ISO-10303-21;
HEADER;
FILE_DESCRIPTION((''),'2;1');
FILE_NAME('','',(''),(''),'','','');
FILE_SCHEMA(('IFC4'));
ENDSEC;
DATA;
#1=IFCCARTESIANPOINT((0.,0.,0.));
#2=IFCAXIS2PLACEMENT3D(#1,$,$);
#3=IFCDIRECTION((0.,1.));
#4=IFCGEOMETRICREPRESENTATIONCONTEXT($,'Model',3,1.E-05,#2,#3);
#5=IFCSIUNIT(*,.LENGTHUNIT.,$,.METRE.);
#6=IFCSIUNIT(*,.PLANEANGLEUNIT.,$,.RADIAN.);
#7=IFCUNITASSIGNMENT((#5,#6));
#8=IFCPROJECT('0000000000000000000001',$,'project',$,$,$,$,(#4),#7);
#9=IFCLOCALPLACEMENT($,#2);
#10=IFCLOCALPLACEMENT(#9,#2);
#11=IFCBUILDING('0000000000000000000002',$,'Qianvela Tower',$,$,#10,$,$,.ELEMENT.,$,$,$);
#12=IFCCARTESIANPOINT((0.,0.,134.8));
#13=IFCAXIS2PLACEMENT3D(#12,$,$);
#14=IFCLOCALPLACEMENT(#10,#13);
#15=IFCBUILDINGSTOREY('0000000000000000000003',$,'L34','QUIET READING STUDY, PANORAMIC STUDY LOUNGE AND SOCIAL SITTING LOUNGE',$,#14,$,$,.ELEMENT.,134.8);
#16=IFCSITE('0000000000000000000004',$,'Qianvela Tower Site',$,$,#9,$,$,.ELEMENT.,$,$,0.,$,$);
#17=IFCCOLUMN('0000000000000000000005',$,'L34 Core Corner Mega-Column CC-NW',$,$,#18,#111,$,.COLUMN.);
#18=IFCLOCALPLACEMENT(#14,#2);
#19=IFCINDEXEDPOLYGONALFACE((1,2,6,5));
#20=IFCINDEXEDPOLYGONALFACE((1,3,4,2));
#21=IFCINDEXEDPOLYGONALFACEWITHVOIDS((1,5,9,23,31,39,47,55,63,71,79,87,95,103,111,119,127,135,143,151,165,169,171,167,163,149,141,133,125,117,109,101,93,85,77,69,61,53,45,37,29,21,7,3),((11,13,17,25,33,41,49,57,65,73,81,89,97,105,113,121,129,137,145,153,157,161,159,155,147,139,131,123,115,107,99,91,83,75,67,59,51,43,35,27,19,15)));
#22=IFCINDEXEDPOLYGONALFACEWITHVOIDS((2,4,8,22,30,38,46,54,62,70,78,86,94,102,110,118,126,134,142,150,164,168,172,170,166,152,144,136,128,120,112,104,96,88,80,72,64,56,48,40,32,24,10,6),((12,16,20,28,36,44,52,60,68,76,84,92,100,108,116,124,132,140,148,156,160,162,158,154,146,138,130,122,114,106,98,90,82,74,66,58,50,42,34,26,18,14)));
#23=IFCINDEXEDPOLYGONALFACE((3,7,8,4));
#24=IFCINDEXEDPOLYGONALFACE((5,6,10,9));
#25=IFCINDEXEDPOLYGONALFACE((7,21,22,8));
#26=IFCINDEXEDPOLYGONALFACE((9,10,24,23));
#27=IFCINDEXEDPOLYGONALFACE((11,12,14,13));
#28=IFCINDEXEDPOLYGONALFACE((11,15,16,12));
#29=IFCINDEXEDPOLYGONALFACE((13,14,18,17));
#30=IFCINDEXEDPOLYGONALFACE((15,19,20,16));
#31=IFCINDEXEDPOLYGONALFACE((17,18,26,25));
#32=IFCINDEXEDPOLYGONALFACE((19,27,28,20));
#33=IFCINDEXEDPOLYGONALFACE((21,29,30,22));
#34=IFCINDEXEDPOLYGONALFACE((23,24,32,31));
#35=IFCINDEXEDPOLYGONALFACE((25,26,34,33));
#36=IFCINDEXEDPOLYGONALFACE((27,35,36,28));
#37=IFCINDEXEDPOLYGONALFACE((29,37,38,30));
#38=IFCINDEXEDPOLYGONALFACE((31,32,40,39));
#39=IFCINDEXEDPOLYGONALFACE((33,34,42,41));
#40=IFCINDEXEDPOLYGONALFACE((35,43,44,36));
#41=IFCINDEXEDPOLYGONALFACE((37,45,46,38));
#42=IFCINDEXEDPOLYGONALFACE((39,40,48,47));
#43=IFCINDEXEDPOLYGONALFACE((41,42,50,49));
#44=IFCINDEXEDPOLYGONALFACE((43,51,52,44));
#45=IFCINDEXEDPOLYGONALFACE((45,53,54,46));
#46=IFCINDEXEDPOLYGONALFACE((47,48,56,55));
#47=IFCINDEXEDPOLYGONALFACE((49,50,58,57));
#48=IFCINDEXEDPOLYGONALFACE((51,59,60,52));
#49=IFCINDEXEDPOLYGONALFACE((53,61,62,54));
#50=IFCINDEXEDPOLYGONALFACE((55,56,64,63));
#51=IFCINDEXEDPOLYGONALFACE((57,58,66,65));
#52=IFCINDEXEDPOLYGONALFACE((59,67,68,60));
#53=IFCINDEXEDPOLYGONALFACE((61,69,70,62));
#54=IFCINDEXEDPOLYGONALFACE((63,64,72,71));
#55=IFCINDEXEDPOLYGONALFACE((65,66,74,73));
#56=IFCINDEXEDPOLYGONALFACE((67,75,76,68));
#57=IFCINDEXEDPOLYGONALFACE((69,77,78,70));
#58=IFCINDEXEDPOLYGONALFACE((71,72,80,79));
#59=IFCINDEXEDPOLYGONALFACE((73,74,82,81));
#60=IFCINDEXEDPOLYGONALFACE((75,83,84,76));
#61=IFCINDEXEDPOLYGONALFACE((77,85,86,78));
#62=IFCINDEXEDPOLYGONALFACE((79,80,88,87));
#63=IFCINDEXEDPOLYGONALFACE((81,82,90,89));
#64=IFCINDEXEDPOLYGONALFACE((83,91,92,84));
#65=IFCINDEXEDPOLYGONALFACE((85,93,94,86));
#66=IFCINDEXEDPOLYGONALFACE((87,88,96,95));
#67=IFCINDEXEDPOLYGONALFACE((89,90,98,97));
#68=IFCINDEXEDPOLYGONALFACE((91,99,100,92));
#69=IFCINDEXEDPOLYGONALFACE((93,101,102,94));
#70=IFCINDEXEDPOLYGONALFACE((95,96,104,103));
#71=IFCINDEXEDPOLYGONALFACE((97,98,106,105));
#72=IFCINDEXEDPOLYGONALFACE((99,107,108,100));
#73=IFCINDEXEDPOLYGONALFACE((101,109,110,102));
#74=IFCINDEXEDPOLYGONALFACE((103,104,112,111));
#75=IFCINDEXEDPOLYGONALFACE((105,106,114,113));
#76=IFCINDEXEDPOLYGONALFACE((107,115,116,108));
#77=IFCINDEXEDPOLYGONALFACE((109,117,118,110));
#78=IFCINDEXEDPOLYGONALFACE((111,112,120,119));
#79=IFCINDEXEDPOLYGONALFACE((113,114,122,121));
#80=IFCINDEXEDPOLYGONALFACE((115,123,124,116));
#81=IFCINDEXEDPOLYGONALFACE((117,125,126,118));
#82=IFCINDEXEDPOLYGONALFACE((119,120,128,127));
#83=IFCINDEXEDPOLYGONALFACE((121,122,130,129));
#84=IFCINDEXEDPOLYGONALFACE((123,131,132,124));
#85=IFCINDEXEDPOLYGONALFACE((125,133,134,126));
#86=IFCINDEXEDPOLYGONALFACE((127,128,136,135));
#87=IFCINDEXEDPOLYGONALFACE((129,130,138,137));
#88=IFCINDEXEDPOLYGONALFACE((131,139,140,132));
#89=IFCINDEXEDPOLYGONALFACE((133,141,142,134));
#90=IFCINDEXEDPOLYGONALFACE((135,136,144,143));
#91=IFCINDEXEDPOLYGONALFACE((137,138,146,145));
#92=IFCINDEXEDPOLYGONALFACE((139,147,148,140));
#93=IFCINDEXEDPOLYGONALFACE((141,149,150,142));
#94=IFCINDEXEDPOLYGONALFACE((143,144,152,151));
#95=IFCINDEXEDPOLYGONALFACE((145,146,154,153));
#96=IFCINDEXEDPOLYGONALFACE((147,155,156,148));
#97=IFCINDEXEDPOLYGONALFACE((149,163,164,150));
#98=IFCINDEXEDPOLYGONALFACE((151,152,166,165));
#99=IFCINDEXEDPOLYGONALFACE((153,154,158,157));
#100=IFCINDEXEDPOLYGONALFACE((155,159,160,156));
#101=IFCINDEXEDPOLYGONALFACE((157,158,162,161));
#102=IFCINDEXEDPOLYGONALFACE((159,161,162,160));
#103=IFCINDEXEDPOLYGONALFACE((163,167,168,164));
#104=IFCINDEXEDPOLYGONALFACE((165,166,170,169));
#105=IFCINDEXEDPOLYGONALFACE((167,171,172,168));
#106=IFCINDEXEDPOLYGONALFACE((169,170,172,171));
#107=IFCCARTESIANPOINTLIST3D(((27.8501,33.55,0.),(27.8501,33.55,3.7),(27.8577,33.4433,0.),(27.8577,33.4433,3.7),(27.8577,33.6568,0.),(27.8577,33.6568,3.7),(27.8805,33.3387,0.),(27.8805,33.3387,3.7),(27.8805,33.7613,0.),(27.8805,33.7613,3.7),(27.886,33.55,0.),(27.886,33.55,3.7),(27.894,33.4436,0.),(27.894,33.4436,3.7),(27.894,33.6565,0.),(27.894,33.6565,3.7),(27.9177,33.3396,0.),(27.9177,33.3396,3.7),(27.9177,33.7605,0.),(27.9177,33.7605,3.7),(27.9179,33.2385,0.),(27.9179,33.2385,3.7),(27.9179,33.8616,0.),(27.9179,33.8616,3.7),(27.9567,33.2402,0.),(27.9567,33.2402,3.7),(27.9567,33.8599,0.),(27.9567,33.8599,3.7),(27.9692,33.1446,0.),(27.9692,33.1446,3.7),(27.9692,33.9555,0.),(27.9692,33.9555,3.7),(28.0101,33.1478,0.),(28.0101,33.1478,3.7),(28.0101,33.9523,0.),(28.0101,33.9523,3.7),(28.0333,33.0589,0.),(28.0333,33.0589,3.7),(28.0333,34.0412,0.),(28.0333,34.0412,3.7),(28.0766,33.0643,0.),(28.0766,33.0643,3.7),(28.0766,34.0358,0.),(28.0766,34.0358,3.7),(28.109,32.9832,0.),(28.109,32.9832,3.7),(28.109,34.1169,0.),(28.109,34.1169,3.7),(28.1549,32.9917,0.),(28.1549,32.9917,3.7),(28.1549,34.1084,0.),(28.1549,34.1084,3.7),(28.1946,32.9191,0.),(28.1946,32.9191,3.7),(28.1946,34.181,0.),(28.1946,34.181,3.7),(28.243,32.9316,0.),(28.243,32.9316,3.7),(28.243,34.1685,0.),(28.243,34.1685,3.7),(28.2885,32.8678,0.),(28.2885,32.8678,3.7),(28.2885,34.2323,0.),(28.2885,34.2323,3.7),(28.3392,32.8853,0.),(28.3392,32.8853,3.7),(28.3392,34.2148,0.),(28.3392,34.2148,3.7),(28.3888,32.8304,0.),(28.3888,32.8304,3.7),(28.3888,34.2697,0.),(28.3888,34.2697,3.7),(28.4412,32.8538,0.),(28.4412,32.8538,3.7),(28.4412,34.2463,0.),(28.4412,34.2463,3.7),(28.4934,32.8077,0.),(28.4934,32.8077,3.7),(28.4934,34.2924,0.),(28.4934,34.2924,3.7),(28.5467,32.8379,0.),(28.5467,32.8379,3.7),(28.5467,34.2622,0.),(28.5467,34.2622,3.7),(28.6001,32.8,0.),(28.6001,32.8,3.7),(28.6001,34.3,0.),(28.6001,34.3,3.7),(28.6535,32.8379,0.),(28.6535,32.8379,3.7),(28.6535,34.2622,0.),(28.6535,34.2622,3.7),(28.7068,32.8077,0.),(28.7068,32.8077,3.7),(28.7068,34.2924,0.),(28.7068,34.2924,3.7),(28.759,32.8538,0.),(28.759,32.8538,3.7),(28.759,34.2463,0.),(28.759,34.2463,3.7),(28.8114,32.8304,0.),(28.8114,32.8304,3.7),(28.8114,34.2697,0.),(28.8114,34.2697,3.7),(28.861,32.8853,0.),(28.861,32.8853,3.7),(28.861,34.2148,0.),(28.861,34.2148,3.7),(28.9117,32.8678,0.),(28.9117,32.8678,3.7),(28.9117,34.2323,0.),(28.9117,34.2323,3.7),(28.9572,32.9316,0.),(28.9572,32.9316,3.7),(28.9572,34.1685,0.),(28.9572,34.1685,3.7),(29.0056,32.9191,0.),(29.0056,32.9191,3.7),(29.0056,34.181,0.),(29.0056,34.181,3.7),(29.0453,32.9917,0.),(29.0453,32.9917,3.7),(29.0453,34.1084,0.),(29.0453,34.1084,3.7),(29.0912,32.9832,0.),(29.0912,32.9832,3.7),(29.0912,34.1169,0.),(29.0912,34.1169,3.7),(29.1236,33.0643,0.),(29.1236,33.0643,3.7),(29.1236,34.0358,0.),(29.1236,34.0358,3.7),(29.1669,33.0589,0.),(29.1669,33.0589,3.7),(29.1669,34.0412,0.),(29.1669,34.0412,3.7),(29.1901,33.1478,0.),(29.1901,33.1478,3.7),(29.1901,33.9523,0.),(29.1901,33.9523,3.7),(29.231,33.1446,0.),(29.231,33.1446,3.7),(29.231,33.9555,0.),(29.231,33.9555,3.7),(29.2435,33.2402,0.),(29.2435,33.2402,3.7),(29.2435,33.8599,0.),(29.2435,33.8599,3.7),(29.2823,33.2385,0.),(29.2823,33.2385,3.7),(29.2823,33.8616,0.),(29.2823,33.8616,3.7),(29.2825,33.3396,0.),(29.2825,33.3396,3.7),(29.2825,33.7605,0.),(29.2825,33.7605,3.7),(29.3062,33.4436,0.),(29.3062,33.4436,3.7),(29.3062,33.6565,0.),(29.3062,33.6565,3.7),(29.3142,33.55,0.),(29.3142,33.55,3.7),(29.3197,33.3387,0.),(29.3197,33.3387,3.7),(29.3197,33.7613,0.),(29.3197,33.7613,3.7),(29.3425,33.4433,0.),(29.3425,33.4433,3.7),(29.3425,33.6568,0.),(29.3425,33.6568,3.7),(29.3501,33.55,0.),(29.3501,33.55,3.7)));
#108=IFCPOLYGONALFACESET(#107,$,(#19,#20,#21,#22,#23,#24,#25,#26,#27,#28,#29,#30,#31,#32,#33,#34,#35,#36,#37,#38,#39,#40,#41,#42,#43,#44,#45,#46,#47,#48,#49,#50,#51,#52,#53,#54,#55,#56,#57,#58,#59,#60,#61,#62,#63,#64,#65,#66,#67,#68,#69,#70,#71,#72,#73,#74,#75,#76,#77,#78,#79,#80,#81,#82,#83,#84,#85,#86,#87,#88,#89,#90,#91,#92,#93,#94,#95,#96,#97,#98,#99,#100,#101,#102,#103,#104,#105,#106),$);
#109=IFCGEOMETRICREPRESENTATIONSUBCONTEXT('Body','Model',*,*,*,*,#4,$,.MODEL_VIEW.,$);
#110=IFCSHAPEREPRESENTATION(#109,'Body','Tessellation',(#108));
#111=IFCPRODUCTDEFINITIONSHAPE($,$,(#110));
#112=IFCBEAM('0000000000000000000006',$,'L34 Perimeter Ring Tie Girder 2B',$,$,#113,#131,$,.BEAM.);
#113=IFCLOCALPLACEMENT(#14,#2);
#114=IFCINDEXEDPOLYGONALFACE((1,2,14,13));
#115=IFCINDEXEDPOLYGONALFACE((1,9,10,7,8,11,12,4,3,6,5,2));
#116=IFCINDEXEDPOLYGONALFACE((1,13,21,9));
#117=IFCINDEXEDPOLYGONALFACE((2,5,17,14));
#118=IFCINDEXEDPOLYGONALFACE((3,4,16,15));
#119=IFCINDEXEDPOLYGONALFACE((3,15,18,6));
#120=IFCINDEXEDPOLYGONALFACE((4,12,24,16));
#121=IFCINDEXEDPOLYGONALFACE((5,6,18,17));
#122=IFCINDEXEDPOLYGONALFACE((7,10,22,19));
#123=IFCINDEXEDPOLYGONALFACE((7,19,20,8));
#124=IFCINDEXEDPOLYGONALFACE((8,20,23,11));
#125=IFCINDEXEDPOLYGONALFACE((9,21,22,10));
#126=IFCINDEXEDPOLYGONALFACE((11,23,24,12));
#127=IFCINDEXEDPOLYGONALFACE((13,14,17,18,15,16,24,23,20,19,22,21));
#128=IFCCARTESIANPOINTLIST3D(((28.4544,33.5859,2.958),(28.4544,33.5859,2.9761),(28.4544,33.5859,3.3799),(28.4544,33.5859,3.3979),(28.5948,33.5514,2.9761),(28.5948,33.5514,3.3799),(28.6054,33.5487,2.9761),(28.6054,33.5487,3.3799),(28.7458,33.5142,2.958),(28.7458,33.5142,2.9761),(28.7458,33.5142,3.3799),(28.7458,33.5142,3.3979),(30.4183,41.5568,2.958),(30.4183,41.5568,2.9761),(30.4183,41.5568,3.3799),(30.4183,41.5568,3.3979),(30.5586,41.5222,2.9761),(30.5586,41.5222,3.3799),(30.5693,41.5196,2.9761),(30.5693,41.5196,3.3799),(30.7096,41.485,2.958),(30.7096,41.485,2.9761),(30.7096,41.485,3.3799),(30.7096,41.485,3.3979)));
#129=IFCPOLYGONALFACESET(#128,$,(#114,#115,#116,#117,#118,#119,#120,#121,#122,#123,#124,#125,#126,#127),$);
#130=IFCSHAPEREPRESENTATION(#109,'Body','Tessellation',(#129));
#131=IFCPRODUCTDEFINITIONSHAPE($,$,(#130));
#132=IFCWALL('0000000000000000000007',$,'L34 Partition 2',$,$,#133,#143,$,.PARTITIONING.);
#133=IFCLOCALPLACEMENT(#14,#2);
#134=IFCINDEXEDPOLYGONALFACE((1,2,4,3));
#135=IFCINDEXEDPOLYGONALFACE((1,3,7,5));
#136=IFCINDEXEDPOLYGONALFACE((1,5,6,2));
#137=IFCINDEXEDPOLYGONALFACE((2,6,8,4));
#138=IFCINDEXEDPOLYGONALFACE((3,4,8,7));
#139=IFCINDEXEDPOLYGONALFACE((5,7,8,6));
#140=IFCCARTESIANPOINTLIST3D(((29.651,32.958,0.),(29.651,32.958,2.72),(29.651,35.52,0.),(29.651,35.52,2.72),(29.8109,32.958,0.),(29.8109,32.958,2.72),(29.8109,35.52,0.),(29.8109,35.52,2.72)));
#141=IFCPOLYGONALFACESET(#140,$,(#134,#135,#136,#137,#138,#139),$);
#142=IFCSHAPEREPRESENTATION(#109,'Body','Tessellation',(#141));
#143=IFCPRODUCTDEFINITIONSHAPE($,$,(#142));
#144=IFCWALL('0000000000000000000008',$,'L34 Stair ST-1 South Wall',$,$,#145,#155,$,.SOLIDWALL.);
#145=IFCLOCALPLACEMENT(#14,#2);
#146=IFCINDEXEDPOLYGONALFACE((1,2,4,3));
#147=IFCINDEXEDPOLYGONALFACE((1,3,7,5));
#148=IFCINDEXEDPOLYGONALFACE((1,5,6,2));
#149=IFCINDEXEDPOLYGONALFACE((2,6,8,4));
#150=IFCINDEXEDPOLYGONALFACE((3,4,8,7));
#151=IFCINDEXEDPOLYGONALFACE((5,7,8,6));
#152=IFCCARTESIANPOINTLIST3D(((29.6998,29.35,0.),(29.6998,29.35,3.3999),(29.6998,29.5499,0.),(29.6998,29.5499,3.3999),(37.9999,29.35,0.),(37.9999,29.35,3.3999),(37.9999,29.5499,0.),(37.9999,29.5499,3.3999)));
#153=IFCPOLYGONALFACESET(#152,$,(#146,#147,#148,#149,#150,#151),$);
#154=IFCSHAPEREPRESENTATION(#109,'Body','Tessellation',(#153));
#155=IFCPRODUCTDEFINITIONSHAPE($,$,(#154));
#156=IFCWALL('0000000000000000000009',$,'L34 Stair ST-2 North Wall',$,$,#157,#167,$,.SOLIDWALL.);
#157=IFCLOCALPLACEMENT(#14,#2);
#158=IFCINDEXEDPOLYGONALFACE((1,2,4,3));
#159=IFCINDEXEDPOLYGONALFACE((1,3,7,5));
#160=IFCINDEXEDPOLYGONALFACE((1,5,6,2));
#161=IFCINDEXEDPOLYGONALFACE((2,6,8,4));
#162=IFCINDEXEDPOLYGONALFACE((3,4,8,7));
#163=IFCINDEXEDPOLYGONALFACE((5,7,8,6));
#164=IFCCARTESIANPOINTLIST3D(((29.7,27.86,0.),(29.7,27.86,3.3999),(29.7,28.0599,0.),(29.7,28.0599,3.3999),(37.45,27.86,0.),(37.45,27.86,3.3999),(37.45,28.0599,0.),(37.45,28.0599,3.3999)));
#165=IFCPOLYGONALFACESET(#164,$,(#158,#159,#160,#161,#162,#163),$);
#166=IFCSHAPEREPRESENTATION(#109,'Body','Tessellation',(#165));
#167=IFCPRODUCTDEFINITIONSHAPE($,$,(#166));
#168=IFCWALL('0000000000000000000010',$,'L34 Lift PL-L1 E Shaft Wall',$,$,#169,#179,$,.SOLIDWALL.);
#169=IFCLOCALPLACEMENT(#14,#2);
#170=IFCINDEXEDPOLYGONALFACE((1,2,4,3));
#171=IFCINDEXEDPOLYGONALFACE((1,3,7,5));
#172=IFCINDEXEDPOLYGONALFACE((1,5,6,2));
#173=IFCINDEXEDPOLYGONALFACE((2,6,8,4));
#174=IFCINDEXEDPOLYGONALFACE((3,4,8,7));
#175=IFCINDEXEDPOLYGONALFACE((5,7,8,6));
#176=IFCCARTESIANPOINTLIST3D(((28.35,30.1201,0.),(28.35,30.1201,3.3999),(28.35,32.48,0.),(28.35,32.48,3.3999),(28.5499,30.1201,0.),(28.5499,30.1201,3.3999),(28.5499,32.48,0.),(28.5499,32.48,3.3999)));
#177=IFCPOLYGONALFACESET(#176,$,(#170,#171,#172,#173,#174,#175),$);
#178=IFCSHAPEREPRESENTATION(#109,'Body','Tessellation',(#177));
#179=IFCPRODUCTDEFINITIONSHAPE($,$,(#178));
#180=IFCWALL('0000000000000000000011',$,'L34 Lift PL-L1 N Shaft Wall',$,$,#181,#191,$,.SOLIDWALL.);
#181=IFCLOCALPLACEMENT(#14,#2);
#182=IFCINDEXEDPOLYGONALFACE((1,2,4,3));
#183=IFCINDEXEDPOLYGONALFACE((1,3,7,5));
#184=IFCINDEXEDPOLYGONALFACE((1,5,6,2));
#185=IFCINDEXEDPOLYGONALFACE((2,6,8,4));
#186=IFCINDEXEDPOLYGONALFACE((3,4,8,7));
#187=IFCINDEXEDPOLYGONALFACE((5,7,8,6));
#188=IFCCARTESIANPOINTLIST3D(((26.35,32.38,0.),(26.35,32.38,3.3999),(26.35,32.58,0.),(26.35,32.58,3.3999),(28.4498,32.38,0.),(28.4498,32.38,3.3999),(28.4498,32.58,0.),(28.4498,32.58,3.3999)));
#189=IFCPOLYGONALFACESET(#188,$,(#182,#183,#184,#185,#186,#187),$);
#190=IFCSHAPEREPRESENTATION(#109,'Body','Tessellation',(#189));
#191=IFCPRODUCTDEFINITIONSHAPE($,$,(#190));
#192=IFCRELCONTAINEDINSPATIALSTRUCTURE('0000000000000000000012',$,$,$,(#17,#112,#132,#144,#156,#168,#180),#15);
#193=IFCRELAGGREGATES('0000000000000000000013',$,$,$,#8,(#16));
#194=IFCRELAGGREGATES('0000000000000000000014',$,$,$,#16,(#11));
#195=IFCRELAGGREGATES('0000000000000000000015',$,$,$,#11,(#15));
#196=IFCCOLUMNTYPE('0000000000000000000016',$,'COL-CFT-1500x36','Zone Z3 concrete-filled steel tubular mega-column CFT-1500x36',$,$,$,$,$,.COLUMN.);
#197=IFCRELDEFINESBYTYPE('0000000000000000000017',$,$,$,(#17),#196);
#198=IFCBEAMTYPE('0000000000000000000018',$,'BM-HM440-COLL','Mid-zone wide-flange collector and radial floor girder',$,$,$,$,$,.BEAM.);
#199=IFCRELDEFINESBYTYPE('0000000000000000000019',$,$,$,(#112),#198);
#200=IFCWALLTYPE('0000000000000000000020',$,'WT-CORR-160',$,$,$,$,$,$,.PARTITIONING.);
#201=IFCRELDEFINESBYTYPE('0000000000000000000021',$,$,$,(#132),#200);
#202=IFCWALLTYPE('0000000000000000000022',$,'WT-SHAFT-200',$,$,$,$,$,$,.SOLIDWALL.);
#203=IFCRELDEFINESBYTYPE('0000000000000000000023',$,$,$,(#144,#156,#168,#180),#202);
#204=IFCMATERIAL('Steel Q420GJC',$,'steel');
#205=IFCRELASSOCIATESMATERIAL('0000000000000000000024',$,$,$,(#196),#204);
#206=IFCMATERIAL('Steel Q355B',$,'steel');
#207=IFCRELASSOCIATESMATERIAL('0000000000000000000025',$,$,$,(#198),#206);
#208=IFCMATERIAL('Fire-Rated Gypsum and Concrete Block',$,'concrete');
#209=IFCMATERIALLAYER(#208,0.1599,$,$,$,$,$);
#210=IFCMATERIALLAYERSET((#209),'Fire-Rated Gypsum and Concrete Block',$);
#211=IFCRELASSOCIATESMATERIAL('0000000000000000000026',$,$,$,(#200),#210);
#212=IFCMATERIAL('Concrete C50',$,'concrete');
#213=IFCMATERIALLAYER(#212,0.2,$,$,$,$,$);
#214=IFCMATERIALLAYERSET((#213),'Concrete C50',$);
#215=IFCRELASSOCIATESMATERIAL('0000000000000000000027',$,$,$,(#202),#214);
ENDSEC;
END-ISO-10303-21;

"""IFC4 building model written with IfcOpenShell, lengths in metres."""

from ifc_helpers import new_model, si_unit, direction, frame, frame_2d, origin, origin_2d, place, context, subcontext, project, spatial, rectangle, hollow_circle, i_section, extrude, material, layer, layer_set, material_profile, profile_set, type_object, element, save


model = new_model("IFC4")

# Units and contexts
model_context = context("Model", 3, precision=1e-05, world=origin(), true_north=direction((0.0, 1.0)))
body_context = subcontext(model_context, "Body", "Model", "MODEL_VIEW")
ifc_project = project(units=[si_unit("LENGTHUNIT", "METRE"), si_unit("PLANEANGLEUNIT", "RADIAN")], contexts=[model_context])

# Site, building, storey
site_placement = place(None, origin())
site = spatial("IfcSite", under=ifc_project, at=site_placement, Name="Qianvela Tower Site", CompositionType="ELEMENT", RefElevation=0.0)
building_placement = place(site_placement, origin())
building = spatial("IfcBuilding", under=site, at=building_placement, Name="Qianvela Tower", CompositionType="ELEMENT")
storey_placement = place(building_placement, frame((0.0, 0.0, 134.8)))
storey = spatial("IfcBuildingStorey", under=building, at=storey_placement, Name="L34", Description="QUIET READING STUDY, PANORAMIC STUDY LOUNGE AND SOCIAL SITTING LOUNGE", CompositionType="ELEMENT", Elevation=134.8)

# Column
ifc_material_1 = material(Name="Steel Q420GJC", Category="steel")
ifc_material_profile_1 = material_profile(ifc_material_1, hollow_circle(Radius=0.75, WallThickness=0.0359, at=origin_2d()), Name="CFT-1500x36")
ifc_profile_set_1 = profile_set([ifc_material_profile_1], Name="Steel Q420GJC")
column_type = type_object("IfcColumnType", Name="COL-CFT-1500x36", Description="Zone Z3 concrete-filled steel tubular mega-column CFT-1500x36", PredefinedType="COLUMN", material=ifc_profile_set_1)
column_placement = place(storey_placement, frame((28.6001, 33.55, 0.0), z_axis=(0.0, 0.0, 1.0), x_axis=(1.0, 0.0, 0.0)))
element("IfcColumn", 1, at=column_placement, inside=storey, type_object=column_type, Name="L34 Core Corner Mega-Column CC-NW", PredefinedType="COLUMN", context=body_context, shape_type="SweptSolid", body=[
    extrude(hollow_circle(Radius=0.75, WallThickness=0.0359, at=origin_2d()), origin(), (0.0, 0.0, 1.0), 3.7),
])

# Beam
ifc_material_2 = material(Name="Steel Q355B", Category="steel")
ifc_material_profile_2 = material_profile(ifc_material_2, i_section(OverallWidth=0.3, OverallDepth=0.4399, WebThickness=0.011, FlangeThickness=0.0181, at=origin_2d()), Name="HM440x300x11x18")
ifc_profile_set_2 = profile_set([ifc_material_profile_2], Name="Steel Q355B")
beam_type = type_object("IfcBeamType", Name="BM-HM440-COLL", Description="Mid-zone wide-flange collector and radial floor girder", PredefinedType="BEAM", material=ifc_profile_set_2)
beam_placement = place(storey_placement, frame((28.6001, 33.55, 3.178), z_axis=(0.239224, 0.970964, 0.0), x_axis=(-0.970964, 0.239224, 0.0)))
element("IfcBeam", 2, at=beam_placement, inside=storey, type_object=beam_type, Name="L34 Perimeter Ring Tie Girder 2B", PredefinedType="BEAM", context=body_context, shape_type="SweptSolid", body=[
    extrude(i_section(OverallWidth=0.3, OverallDepth=0.4399, WebThickness=0.011, FlangeThickness=0.0181, at=origin_2d()), origin(), (0.0, 0.0, 1.0), 8.2092),
])

# Walls
ifc_material_3 = material(Name="Fire-Rated Gypsum and Concrete Block", Category="concrete")
ifc_layer_1 = layer(ifc_material_3, 0.1599)
ifc_layer_set_1 = layer_set([ifc_layer_1], Name="Fire-Rated Gypsum and Concrete Block")
wall_type_1 = type_object("IfcWallType", Name="WT-CORR-160", PredefinedType="PARTITIONING", material=ifc_layer_set_1)
wall_1_placement = place(storey_placement, frame((29.731, 32.958, 0.0), z_axis=(0.0, 0.0, 1.0), x_axis=(0.0, 1.0, 0.0)))
element("IfcWall", 3, at=wall_1_placement, inside=storey, type_object=wall_type_1, Name="L34 Partition 2", PredefinedType="PARTITIONING", context=body_context, shape_type="SweptSolid", body=[
    extrude(rectangle(XDim=2.562, YDim=0.1599, at=frame_2d((1.281, 0.0))), origin(), (0.0, 0.0, 1.0), 2.72),
])
ifc_material_4 = material(Name="Concrete C50", Category="concrete")
ifc_layer_2 = layer(ifc_material_4, 0.2)
ifc_layer_set_2 = layer_set([ifc_layer_2], Name="Concrete C50")
wall_type_2 = type_object("IfcWallType", Name="WT-SHAFT-200", PredefinedType="SOLIDWALL", material=ifc_layer_set_2)
wall_2_placement = place(storey_placement, frame((29.7, 29.45, 0.0), z_axis=(0.0, 0.0, 1.0), x_axis=(1.0, 0.0, 0.0)))
element("IfcWall", 4, at=wall_2_placement, inside=storey, type_object=wall_type_2, Name="L34 Stair ST-1 South Wall", PredefinedType="SOLIDWALL", context=body_context, shape_type="SweptSolid", body=[
    extrude(rectangle(XDim=8.3, YDim=0.2, at=frame_2d((4.1499, 0.0))), origin(), (0.0, 0.0, 1.0), 3.3999),
])
wall_3_placement = place(storey_placement, frame((29.7, 27.96, 0.0), z_axis=(0.0, 0.0, 1.0), x_axis=(1.0, 0.0, 0.0)))
element("IfcWall", 5, at=wall_3_placement, inside=storey, type_object=wall_type_2, Name="L34 Stair ST-2 North Wall", PredefinedType="SOLIDWALL", context=body_context, shape_type="SweptSolid", body=[
    extrude(rectangle(XDim=7.75, YDim=0.2, at=frame_2d((3.875, 0.0))), origin(), (0.0, 0.0, 1.0), 3.3999),
])
wall_4_placement = place(storey_placement, frame((28.45, 30.1201, 0.0), z_axis=(0.0, 0.0, 1.0), x_axis=(0.0, 1.0, 0.0)))
element("IfcWall", 6, at=wall_4_placement, inside=storey, type_object=wall_type_2, Name="L34 Lift PL-L1 E Shaft Wall", PredefinedType="SOLIDWALL", context=body_context, shape_type="SweptSolid", body=[
    extrude(rectangle(XDim=2.3599, YDim=0.2, at=frame_2d((1.1799, 0.0))), origin(), (0.0, 0.0, 1.0), 3.3999),
])

# Wall
for number, where, z_axis, x_axis, name in (
    (7, (26.3501, 32.48, 0.0), (0.0, 0.0, 1.0), (1.0, 0.0, 0.0), "L34 Lift PL-L1 N Shaft Wall"),
):
    element("IfcWall", number, at=place(storey_placement, frame(where, z_axis=z_axis, x_axis=x_axis)), inside=storey, type_object=wall_type_2, Name=name, PredefinedType="SOLIDWALL", context=body_context, shape_type="SweptSolid", body=[
        extrude(rectangle(XDim=2.0999, YDim=0.2, at=frame_2d((1.0498, 0.0))), origin(), (0.0, 0.0, 1.0), 3.3999),
    ])

save(model, "model.ifc")
